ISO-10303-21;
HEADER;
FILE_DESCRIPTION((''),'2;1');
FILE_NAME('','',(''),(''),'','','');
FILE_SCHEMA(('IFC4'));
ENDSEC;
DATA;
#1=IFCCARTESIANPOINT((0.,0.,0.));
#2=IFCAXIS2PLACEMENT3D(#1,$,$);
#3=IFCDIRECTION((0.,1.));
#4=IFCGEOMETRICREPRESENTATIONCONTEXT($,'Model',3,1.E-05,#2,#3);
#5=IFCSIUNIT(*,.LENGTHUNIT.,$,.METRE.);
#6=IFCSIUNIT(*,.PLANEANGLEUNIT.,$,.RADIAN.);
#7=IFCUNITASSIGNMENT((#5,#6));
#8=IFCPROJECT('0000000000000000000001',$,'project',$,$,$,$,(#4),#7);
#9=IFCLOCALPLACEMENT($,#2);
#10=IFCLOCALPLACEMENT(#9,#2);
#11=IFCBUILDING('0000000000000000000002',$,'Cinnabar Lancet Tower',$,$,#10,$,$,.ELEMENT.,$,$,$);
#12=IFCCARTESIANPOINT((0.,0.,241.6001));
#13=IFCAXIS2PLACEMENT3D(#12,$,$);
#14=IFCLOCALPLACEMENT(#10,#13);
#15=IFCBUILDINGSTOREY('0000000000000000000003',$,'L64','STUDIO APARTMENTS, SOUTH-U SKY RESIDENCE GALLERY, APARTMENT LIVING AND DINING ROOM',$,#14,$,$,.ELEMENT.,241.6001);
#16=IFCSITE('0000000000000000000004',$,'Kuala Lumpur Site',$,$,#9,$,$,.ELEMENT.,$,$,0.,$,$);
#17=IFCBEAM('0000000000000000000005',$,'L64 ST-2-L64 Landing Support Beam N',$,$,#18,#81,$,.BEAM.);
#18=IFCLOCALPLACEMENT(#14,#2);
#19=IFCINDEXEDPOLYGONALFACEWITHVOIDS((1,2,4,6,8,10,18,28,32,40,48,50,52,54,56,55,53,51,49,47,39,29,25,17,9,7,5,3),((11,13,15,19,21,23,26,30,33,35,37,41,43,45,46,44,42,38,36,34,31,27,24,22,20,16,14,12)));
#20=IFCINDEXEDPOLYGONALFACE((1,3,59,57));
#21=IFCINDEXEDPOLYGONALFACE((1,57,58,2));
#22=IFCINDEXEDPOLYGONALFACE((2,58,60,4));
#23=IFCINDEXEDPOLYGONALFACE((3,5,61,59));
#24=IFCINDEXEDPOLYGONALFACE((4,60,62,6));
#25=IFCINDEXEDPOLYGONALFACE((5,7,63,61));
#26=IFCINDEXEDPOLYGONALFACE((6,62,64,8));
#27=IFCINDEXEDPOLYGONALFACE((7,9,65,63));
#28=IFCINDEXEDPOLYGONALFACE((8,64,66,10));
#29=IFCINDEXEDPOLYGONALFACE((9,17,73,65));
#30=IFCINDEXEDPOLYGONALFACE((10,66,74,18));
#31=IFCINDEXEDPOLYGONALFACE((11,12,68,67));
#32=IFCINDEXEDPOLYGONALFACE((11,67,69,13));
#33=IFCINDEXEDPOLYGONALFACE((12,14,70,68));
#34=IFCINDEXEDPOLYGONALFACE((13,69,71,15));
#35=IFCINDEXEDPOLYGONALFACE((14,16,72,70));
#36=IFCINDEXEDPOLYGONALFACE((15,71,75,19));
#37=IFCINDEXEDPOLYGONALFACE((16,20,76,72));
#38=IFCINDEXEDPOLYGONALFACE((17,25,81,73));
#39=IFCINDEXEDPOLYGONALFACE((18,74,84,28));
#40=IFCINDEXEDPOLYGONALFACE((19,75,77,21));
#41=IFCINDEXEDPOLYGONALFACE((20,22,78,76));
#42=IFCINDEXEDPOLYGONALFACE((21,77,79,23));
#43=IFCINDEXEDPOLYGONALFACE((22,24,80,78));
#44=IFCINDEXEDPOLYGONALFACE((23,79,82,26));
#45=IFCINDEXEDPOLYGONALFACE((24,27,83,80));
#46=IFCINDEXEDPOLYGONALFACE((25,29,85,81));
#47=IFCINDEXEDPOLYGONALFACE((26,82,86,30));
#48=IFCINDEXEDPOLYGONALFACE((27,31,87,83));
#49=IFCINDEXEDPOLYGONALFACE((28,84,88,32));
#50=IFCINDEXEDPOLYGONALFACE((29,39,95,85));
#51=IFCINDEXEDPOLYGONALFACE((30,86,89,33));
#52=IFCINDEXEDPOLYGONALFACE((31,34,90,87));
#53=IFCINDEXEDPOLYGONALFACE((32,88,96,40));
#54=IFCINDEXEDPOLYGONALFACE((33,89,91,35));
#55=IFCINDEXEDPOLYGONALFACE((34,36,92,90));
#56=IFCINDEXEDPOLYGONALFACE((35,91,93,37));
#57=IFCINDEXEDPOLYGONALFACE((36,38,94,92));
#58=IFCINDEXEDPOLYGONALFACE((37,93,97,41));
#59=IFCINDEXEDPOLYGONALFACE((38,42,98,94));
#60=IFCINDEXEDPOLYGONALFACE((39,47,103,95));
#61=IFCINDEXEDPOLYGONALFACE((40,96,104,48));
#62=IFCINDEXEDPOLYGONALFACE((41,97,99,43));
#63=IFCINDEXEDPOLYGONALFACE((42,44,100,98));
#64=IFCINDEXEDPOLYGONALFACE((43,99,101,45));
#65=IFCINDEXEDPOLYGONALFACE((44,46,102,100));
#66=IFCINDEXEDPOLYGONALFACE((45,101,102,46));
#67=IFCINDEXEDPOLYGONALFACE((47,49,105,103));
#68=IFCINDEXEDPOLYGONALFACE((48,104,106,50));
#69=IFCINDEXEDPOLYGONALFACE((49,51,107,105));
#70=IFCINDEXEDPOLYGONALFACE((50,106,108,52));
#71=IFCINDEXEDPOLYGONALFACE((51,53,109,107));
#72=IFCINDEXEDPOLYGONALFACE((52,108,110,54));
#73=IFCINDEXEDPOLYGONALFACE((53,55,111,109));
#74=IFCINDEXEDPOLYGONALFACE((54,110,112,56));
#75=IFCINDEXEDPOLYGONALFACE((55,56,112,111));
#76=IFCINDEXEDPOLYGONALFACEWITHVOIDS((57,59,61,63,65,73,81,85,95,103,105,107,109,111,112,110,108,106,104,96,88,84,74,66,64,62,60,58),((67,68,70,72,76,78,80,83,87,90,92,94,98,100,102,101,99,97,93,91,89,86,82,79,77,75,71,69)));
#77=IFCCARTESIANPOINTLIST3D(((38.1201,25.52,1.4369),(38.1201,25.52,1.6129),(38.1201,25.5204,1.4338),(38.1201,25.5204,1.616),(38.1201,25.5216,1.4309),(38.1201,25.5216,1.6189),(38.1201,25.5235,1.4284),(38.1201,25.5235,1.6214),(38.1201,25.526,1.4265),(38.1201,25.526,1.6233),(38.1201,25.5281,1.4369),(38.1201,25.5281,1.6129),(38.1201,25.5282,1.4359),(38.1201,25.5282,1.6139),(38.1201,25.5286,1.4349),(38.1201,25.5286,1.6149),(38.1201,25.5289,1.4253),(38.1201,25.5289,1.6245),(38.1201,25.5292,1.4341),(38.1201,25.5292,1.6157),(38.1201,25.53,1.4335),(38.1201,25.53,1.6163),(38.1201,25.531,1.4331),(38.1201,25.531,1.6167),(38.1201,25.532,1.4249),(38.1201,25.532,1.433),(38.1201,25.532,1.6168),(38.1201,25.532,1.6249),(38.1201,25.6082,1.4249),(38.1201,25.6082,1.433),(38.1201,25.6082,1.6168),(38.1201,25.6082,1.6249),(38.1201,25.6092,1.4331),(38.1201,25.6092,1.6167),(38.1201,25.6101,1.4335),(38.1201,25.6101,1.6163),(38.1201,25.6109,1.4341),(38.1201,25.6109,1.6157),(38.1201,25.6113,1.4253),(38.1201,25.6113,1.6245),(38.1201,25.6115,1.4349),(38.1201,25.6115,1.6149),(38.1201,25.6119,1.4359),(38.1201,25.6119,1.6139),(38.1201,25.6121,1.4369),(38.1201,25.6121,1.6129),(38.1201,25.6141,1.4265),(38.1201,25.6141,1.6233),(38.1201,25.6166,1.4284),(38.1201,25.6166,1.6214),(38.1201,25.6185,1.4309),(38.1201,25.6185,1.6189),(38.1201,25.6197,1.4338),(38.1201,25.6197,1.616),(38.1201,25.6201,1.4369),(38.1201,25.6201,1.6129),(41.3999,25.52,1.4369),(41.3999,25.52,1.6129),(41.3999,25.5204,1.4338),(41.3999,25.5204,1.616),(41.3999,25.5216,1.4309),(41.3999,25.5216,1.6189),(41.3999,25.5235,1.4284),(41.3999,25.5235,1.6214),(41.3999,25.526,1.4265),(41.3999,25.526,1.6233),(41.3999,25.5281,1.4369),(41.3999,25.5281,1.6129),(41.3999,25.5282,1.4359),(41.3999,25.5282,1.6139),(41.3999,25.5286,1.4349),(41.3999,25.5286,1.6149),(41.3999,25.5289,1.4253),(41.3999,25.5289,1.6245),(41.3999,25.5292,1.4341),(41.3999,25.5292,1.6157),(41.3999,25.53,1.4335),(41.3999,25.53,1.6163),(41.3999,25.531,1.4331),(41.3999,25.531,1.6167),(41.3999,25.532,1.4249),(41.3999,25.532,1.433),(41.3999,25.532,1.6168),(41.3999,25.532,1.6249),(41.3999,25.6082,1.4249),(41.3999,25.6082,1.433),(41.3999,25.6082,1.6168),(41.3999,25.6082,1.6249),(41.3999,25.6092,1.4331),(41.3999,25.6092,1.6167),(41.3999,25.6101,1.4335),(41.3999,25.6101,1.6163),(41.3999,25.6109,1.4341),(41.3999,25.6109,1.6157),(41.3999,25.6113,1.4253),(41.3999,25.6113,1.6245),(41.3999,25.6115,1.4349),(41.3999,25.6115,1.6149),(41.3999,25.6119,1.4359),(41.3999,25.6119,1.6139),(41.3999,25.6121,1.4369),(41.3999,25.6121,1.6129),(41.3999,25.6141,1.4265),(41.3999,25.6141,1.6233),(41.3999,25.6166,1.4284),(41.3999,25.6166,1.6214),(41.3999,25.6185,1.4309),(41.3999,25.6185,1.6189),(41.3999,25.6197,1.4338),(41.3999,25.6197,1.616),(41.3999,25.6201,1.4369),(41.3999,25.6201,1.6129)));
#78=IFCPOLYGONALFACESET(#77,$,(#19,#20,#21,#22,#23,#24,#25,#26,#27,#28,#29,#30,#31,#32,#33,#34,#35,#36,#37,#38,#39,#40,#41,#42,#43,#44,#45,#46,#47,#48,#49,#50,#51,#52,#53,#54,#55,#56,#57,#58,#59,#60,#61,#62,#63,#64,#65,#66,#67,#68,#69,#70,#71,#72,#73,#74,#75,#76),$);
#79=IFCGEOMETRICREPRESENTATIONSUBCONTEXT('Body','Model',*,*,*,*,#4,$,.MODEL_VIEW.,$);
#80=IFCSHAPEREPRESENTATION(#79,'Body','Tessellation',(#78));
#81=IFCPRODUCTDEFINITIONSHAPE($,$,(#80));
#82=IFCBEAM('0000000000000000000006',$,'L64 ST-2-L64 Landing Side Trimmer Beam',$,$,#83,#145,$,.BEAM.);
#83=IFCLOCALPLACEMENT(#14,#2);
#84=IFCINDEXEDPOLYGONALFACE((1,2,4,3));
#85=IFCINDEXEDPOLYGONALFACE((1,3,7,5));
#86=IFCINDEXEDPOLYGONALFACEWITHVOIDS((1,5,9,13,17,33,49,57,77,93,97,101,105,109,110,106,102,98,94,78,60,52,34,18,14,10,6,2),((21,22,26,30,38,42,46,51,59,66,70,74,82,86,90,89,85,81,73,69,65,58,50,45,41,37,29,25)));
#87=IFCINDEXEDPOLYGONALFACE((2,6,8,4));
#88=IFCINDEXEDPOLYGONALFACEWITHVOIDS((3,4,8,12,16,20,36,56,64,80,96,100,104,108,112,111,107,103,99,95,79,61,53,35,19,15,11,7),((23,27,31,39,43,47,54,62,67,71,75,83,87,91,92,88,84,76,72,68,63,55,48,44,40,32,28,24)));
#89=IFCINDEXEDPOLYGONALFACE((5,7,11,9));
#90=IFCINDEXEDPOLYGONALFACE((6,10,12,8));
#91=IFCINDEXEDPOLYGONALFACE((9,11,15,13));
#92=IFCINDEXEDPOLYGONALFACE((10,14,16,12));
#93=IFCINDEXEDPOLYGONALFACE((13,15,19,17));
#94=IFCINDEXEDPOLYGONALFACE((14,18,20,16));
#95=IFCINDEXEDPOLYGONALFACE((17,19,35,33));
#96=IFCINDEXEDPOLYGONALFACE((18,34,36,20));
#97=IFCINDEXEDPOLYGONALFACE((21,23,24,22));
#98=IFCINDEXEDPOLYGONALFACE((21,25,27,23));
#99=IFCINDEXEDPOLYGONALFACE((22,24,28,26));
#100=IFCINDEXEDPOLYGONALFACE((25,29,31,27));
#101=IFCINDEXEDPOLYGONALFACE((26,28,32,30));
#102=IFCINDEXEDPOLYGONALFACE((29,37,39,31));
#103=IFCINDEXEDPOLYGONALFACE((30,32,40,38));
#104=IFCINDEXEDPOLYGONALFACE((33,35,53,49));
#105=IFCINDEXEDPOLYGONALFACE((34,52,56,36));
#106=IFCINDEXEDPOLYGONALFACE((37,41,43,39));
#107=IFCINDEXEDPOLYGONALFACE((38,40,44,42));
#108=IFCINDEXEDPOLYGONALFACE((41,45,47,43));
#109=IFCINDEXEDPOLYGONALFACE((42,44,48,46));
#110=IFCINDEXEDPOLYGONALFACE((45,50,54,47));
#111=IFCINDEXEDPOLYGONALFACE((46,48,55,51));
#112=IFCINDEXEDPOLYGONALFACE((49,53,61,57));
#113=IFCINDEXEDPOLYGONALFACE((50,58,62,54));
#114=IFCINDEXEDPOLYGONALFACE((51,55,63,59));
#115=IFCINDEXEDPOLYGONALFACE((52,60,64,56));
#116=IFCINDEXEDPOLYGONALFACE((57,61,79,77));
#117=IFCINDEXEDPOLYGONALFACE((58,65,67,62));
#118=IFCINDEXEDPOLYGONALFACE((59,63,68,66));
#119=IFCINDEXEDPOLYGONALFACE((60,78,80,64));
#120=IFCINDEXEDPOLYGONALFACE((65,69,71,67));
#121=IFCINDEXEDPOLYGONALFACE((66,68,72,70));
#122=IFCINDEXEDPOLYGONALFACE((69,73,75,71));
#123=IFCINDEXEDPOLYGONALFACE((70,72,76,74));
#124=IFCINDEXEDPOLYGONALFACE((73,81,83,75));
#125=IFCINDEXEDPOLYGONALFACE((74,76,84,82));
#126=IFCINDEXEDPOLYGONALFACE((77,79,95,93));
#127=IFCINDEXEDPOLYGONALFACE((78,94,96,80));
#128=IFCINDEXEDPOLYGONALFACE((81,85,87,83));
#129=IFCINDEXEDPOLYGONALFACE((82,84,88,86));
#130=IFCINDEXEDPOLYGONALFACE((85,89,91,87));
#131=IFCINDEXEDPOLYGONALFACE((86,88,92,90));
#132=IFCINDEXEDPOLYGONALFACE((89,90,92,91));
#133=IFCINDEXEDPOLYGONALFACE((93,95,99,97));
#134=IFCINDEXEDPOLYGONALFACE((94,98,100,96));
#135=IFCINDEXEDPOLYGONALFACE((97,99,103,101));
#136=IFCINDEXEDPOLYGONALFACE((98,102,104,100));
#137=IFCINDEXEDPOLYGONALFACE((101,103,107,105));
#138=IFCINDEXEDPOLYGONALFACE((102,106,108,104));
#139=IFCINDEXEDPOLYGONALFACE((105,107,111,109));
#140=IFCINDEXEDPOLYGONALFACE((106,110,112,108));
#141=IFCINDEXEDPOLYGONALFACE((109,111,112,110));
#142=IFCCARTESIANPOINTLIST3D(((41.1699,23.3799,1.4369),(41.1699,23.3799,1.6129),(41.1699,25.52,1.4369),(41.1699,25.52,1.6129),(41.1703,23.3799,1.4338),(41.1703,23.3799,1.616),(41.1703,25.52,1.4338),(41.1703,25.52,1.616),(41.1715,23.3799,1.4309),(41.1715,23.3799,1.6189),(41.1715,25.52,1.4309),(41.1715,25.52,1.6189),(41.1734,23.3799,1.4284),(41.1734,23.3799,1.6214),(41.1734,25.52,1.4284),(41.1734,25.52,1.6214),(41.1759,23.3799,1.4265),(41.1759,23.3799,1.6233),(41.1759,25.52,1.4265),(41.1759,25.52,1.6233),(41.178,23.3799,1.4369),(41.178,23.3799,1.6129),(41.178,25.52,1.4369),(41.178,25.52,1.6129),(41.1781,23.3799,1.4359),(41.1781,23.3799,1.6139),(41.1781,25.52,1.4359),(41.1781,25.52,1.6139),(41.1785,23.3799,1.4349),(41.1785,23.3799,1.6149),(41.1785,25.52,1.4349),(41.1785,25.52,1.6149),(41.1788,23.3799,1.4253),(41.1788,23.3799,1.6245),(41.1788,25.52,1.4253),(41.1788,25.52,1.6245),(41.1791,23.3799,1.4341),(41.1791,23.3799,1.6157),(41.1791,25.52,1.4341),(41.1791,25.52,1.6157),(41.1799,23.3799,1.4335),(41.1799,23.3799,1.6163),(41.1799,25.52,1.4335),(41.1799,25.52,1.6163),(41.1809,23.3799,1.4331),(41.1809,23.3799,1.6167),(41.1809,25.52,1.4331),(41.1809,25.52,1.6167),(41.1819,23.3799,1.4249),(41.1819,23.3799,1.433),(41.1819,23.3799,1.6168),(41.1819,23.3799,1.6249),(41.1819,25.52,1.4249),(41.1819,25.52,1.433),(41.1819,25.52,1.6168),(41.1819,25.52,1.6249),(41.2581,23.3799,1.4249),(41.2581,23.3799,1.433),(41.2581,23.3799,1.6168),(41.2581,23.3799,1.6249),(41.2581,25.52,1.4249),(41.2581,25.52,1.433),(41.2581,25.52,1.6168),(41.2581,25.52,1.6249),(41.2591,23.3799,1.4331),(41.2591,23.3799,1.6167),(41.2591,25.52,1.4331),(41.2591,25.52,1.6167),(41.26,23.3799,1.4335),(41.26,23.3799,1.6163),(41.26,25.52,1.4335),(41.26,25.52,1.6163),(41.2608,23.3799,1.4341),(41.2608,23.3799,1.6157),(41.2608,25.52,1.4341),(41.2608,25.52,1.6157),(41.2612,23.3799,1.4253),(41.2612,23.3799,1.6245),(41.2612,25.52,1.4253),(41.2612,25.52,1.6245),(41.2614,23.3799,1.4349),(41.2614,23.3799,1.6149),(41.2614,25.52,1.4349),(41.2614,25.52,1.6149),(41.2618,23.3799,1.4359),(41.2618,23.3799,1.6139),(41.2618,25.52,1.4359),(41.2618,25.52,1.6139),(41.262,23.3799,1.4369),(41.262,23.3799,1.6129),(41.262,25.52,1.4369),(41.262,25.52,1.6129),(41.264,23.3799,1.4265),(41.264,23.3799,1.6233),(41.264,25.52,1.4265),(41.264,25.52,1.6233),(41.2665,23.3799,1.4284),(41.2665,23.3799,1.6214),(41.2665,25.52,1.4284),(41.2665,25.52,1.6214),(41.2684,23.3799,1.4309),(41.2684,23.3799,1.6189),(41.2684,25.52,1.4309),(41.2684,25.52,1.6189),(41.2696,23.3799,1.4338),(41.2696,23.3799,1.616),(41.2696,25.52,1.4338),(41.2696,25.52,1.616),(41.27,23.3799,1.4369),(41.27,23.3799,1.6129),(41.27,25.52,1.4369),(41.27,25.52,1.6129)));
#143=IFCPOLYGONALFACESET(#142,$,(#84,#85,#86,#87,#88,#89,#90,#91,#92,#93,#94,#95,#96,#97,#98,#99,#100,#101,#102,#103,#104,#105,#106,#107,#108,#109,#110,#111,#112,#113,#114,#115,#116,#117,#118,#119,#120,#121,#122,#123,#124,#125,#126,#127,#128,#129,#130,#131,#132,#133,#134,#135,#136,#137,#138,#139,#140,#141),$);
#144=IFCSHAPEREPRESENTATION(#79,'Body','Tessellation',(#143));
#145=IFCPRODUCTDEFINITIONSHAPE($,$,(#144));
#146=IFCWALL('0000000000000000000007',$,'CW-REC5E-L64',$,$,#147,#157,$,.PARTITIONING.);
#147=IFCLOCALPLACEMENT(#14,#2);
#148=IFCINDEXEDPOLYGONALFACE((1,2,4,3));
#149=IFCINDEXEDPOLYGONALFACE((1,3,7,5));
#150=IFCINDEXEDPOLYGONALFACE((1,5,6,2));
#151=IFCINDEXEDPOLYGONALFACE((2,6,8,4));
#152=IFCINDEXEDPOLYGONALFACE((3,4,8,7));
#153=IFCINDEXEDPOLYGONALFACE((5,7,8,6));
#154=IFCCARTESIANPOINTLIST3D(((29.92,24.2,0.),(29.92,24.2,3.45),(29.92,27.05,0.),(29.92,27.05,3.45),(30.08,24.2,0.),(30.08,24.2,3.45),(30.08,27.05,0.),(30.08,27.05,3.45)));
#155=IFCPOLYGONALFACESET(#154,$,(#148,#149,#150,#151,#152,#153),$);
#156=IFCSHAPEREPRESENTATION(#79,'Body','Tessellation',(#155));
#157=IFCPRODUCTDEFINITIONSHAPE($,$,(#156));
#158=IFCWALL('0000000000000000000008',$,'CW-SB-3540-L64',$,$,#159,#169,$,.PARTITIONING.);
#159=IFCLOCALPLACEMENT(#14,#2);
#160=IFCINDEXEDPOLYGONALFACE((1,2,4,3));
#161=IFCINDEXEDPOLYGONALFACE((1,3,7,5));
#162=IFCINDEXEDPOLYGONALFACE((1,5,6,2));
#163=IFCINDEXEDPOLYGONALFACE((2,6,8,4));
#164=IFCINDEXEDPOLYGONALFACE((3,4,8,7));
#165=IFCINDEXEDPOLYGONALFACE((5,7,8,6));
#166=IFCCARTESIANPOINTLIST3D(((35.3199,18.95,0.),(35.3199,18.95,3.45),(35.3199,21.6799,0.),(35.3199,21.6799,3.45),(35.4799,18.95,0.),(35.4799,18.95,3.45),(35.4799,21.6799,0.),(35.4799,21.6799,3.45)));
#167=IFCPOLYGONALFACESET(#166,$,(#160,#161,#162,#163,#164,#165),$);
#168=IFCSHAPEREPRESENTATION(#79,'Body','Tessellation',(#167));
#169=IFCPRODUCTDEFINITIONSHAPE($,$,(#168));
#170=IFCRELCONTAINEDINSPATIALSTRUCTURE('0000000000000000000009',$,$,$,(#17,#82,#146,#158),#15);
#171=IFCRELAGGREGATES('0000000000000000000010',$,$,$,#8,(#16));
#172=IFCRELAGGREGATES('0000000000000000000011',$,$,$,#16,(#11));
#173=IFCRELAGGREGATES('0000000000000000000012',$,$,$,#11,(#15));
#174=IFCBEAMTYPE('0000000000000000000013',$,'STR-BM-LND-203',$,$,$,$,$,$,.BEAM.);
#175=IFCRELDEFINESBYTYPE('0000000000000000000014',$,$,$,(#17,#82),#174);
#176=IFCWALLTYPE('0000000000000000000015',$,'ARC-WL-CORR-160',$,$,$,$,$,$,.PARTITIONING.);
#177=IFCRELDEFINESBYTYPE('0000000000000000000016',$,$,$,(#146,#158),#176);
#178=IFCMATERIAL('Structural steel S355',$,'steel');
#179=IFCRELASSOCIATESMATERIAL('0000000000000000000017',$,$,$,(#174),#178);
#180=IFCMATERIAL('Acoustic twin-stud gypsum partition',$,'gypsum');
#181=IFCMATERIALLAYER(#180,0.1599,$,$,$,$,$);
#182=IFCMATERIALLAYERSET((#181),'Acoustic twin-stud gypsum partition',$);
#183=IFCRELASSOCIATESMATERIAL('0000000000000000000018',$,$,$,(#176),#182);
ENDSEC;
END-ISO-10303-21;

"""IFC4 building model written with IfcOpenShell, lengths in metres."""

from ifc_helpers import new_model, si_unit, direction, frame, frame_2d, origin, origin_2d, place, context, subcontext, project, spatial, rectangle, hollow_rectangle, extrude, material, layer, layer_set, material_profile, profile_set, type_object, element, save


model = new_model("IFC4")

# Units and contexts
model_context = context("Model", 3, precision=1e-05, world=origin(), true_north=direction((0.0, 1.0)))
body_context = subcontext(model_context, "Body", "Model", "MODEL_VIEW")
ifc_project = project(units=[si_unit("LENGTHUNIT", "METRE"), si_unit("PLANEANGLEUNIT", "RADIAN")], contexts=[model_context])

# Site, building, storey
site_placement = place(None, origin())
site = spatial("IfcSite", under=ifc_project, at=site_placement, Name="Kuala Lumpur Site", CompositionType="ELEMENT", RefElevation=0.0)
building_placement = place(site_placement, origin())
building = spatial("IfcBuilding", under=site, at=building_placement, Name="Cinnabar Lancet Tower", CompositionType="ELEMENT")
storey_placement = place(building_placement, frame((0.0, 0.0, 241.6001)))
storey = spatial("IfcBuildingStorey", under=building, at=storey_placement, Name="L64", Description="STUDIO APARTMENTS, SOUTH-U SKY RESIDENCE GALLERY, APARTMENT LIVING AND DINING ROOM", CompositionType="ELEMENT", Elevation=241.6001)

# Beams
ifc_material_1 = material(Name="Structural steel S355", Category="steel")
ifc_material_profile_1 = material_profile(ifc_material_1, hollow_rectangle(XDim=0.1001, YDim=0.2, WallThickness=0.0081, InnerFilletRadius=0.0039, OuterFilletRadius=0.012, at=origin_2d()), Name="RHS 200x100x8")
ifc_profile_set_1 = profile_set([ifc_material_profile_1], Name="Structural steel S355")
beam_type_1 = type_object("IfcBeamType", Name="STR-BM-LND-203", PredefinedType="BEAM", material=ifc_profile_set_1)
for number, where, z_axis, x_axis, name in (
    (1, (38.1201, 25.5701, 1.5249), (1.0, 0.0, 0.0), (0.0, 1.0, 0.0), "L64 ST-2-L64 Landing Support Beam N"),
):
    element("IfcBeam", number, at=place(storey_placement, frame(where, z_axis=z_axis, x_axis=x_axis)), inside=storey, type_object=beam_type_1, Name=name, PredefinedType="BEAM", context=body_context, shape_type="SweptSolid", body=[
        extrude(hollow_rectangle(XDim=0.1001, YDim=0.2, WallThickness=0.0081, InnerFilletRadius=0.0039, OuterFilletRadius=0.012, at=origin_2d()), origin(), (0.0, 0.0, 1.0), 3.2798),
    ])
beam_1_placement = place(storey_placement, frame((41.22, 23.3799, 1.5249), z_axis=(0.0, 1.0, 0.0), x_axis=(-1.0, 0.0, 0.0)))
element("IfcBeam", 2, at=beam_1_placement, inside=storey, type_object=beam_type_1, Name="L64 ST-2-L64 Landing Side Trimmer Beam", PredefinedType="BEAM", context=body_context, shape_type="SweptSolid", body=[
    extrude(hollow_rectangle(XDim=0.1001, YDim=0.2, WallThickness=0.0081, InnerFilletRadius=0.0039, OuterFilletRadius=0.012, at=origin_2d()), origin(), (0.0, 0.0, 1.0), 2.1401),
])

# Walls
ifc_material_2 = material(Name="Acoustic twin-stud gypsum partition", Category="gypsum")
ifc_layer_1 = layer(ifc_material_2, 0.1599)
ifc_layer_set_1 = layer_set([ifc_layer_1], Name="Acoustic twin-stud gypsum partition")
wall_type_1 = type_object("IfcWallType", Name="ARC-WL-CORR-160", PredefinedType="PARTITIONING", material=ifc_layer_set_1)
wall_1_placement = place(storey_placement, frame((30.0, 24.2, 0.0), z_axis=(0.0, 0.0, 1.0), x_axis=(0.0, 1.0, 0.0)))
element("IfcWall", 3, at=wall_1_placement, inside=storey, type_object=wall_type_1, Name="CW-REC5E-L64", PredefinedType="PARTITIONING", context=body_context, shape_type="SweptSolid", body=[
    extrude(rectangle(XDim=2.8501, YDim=0.1599, at=frame_2d((1.425, 0.0))), origin(), (0.0, 0.0, 1.0), 3.45),
])
wall_2_placement = place(storey_placement, frame((35.3999, 18.95, 0.0), z_axis=(0.0, 0.0, 1.0), x_axis=(0.0, 1.0, 0.0)))
element("IfcWall", 4, at=wall_2_placement, inside=storey, type_object=wall_type_1, Name="CW-SB-3540-L64", PredefinedType="PARTITIONING", context=body_context, shape_type="SweptSolid", body=[
    extrude(rectangle(XDim=2.73, YDim=0.1599, at=frame_2d((1.365, 0.0))), origin(), (0.0, 0.0, 1.0), 3.45),
])

save(model, "model.ifc")
